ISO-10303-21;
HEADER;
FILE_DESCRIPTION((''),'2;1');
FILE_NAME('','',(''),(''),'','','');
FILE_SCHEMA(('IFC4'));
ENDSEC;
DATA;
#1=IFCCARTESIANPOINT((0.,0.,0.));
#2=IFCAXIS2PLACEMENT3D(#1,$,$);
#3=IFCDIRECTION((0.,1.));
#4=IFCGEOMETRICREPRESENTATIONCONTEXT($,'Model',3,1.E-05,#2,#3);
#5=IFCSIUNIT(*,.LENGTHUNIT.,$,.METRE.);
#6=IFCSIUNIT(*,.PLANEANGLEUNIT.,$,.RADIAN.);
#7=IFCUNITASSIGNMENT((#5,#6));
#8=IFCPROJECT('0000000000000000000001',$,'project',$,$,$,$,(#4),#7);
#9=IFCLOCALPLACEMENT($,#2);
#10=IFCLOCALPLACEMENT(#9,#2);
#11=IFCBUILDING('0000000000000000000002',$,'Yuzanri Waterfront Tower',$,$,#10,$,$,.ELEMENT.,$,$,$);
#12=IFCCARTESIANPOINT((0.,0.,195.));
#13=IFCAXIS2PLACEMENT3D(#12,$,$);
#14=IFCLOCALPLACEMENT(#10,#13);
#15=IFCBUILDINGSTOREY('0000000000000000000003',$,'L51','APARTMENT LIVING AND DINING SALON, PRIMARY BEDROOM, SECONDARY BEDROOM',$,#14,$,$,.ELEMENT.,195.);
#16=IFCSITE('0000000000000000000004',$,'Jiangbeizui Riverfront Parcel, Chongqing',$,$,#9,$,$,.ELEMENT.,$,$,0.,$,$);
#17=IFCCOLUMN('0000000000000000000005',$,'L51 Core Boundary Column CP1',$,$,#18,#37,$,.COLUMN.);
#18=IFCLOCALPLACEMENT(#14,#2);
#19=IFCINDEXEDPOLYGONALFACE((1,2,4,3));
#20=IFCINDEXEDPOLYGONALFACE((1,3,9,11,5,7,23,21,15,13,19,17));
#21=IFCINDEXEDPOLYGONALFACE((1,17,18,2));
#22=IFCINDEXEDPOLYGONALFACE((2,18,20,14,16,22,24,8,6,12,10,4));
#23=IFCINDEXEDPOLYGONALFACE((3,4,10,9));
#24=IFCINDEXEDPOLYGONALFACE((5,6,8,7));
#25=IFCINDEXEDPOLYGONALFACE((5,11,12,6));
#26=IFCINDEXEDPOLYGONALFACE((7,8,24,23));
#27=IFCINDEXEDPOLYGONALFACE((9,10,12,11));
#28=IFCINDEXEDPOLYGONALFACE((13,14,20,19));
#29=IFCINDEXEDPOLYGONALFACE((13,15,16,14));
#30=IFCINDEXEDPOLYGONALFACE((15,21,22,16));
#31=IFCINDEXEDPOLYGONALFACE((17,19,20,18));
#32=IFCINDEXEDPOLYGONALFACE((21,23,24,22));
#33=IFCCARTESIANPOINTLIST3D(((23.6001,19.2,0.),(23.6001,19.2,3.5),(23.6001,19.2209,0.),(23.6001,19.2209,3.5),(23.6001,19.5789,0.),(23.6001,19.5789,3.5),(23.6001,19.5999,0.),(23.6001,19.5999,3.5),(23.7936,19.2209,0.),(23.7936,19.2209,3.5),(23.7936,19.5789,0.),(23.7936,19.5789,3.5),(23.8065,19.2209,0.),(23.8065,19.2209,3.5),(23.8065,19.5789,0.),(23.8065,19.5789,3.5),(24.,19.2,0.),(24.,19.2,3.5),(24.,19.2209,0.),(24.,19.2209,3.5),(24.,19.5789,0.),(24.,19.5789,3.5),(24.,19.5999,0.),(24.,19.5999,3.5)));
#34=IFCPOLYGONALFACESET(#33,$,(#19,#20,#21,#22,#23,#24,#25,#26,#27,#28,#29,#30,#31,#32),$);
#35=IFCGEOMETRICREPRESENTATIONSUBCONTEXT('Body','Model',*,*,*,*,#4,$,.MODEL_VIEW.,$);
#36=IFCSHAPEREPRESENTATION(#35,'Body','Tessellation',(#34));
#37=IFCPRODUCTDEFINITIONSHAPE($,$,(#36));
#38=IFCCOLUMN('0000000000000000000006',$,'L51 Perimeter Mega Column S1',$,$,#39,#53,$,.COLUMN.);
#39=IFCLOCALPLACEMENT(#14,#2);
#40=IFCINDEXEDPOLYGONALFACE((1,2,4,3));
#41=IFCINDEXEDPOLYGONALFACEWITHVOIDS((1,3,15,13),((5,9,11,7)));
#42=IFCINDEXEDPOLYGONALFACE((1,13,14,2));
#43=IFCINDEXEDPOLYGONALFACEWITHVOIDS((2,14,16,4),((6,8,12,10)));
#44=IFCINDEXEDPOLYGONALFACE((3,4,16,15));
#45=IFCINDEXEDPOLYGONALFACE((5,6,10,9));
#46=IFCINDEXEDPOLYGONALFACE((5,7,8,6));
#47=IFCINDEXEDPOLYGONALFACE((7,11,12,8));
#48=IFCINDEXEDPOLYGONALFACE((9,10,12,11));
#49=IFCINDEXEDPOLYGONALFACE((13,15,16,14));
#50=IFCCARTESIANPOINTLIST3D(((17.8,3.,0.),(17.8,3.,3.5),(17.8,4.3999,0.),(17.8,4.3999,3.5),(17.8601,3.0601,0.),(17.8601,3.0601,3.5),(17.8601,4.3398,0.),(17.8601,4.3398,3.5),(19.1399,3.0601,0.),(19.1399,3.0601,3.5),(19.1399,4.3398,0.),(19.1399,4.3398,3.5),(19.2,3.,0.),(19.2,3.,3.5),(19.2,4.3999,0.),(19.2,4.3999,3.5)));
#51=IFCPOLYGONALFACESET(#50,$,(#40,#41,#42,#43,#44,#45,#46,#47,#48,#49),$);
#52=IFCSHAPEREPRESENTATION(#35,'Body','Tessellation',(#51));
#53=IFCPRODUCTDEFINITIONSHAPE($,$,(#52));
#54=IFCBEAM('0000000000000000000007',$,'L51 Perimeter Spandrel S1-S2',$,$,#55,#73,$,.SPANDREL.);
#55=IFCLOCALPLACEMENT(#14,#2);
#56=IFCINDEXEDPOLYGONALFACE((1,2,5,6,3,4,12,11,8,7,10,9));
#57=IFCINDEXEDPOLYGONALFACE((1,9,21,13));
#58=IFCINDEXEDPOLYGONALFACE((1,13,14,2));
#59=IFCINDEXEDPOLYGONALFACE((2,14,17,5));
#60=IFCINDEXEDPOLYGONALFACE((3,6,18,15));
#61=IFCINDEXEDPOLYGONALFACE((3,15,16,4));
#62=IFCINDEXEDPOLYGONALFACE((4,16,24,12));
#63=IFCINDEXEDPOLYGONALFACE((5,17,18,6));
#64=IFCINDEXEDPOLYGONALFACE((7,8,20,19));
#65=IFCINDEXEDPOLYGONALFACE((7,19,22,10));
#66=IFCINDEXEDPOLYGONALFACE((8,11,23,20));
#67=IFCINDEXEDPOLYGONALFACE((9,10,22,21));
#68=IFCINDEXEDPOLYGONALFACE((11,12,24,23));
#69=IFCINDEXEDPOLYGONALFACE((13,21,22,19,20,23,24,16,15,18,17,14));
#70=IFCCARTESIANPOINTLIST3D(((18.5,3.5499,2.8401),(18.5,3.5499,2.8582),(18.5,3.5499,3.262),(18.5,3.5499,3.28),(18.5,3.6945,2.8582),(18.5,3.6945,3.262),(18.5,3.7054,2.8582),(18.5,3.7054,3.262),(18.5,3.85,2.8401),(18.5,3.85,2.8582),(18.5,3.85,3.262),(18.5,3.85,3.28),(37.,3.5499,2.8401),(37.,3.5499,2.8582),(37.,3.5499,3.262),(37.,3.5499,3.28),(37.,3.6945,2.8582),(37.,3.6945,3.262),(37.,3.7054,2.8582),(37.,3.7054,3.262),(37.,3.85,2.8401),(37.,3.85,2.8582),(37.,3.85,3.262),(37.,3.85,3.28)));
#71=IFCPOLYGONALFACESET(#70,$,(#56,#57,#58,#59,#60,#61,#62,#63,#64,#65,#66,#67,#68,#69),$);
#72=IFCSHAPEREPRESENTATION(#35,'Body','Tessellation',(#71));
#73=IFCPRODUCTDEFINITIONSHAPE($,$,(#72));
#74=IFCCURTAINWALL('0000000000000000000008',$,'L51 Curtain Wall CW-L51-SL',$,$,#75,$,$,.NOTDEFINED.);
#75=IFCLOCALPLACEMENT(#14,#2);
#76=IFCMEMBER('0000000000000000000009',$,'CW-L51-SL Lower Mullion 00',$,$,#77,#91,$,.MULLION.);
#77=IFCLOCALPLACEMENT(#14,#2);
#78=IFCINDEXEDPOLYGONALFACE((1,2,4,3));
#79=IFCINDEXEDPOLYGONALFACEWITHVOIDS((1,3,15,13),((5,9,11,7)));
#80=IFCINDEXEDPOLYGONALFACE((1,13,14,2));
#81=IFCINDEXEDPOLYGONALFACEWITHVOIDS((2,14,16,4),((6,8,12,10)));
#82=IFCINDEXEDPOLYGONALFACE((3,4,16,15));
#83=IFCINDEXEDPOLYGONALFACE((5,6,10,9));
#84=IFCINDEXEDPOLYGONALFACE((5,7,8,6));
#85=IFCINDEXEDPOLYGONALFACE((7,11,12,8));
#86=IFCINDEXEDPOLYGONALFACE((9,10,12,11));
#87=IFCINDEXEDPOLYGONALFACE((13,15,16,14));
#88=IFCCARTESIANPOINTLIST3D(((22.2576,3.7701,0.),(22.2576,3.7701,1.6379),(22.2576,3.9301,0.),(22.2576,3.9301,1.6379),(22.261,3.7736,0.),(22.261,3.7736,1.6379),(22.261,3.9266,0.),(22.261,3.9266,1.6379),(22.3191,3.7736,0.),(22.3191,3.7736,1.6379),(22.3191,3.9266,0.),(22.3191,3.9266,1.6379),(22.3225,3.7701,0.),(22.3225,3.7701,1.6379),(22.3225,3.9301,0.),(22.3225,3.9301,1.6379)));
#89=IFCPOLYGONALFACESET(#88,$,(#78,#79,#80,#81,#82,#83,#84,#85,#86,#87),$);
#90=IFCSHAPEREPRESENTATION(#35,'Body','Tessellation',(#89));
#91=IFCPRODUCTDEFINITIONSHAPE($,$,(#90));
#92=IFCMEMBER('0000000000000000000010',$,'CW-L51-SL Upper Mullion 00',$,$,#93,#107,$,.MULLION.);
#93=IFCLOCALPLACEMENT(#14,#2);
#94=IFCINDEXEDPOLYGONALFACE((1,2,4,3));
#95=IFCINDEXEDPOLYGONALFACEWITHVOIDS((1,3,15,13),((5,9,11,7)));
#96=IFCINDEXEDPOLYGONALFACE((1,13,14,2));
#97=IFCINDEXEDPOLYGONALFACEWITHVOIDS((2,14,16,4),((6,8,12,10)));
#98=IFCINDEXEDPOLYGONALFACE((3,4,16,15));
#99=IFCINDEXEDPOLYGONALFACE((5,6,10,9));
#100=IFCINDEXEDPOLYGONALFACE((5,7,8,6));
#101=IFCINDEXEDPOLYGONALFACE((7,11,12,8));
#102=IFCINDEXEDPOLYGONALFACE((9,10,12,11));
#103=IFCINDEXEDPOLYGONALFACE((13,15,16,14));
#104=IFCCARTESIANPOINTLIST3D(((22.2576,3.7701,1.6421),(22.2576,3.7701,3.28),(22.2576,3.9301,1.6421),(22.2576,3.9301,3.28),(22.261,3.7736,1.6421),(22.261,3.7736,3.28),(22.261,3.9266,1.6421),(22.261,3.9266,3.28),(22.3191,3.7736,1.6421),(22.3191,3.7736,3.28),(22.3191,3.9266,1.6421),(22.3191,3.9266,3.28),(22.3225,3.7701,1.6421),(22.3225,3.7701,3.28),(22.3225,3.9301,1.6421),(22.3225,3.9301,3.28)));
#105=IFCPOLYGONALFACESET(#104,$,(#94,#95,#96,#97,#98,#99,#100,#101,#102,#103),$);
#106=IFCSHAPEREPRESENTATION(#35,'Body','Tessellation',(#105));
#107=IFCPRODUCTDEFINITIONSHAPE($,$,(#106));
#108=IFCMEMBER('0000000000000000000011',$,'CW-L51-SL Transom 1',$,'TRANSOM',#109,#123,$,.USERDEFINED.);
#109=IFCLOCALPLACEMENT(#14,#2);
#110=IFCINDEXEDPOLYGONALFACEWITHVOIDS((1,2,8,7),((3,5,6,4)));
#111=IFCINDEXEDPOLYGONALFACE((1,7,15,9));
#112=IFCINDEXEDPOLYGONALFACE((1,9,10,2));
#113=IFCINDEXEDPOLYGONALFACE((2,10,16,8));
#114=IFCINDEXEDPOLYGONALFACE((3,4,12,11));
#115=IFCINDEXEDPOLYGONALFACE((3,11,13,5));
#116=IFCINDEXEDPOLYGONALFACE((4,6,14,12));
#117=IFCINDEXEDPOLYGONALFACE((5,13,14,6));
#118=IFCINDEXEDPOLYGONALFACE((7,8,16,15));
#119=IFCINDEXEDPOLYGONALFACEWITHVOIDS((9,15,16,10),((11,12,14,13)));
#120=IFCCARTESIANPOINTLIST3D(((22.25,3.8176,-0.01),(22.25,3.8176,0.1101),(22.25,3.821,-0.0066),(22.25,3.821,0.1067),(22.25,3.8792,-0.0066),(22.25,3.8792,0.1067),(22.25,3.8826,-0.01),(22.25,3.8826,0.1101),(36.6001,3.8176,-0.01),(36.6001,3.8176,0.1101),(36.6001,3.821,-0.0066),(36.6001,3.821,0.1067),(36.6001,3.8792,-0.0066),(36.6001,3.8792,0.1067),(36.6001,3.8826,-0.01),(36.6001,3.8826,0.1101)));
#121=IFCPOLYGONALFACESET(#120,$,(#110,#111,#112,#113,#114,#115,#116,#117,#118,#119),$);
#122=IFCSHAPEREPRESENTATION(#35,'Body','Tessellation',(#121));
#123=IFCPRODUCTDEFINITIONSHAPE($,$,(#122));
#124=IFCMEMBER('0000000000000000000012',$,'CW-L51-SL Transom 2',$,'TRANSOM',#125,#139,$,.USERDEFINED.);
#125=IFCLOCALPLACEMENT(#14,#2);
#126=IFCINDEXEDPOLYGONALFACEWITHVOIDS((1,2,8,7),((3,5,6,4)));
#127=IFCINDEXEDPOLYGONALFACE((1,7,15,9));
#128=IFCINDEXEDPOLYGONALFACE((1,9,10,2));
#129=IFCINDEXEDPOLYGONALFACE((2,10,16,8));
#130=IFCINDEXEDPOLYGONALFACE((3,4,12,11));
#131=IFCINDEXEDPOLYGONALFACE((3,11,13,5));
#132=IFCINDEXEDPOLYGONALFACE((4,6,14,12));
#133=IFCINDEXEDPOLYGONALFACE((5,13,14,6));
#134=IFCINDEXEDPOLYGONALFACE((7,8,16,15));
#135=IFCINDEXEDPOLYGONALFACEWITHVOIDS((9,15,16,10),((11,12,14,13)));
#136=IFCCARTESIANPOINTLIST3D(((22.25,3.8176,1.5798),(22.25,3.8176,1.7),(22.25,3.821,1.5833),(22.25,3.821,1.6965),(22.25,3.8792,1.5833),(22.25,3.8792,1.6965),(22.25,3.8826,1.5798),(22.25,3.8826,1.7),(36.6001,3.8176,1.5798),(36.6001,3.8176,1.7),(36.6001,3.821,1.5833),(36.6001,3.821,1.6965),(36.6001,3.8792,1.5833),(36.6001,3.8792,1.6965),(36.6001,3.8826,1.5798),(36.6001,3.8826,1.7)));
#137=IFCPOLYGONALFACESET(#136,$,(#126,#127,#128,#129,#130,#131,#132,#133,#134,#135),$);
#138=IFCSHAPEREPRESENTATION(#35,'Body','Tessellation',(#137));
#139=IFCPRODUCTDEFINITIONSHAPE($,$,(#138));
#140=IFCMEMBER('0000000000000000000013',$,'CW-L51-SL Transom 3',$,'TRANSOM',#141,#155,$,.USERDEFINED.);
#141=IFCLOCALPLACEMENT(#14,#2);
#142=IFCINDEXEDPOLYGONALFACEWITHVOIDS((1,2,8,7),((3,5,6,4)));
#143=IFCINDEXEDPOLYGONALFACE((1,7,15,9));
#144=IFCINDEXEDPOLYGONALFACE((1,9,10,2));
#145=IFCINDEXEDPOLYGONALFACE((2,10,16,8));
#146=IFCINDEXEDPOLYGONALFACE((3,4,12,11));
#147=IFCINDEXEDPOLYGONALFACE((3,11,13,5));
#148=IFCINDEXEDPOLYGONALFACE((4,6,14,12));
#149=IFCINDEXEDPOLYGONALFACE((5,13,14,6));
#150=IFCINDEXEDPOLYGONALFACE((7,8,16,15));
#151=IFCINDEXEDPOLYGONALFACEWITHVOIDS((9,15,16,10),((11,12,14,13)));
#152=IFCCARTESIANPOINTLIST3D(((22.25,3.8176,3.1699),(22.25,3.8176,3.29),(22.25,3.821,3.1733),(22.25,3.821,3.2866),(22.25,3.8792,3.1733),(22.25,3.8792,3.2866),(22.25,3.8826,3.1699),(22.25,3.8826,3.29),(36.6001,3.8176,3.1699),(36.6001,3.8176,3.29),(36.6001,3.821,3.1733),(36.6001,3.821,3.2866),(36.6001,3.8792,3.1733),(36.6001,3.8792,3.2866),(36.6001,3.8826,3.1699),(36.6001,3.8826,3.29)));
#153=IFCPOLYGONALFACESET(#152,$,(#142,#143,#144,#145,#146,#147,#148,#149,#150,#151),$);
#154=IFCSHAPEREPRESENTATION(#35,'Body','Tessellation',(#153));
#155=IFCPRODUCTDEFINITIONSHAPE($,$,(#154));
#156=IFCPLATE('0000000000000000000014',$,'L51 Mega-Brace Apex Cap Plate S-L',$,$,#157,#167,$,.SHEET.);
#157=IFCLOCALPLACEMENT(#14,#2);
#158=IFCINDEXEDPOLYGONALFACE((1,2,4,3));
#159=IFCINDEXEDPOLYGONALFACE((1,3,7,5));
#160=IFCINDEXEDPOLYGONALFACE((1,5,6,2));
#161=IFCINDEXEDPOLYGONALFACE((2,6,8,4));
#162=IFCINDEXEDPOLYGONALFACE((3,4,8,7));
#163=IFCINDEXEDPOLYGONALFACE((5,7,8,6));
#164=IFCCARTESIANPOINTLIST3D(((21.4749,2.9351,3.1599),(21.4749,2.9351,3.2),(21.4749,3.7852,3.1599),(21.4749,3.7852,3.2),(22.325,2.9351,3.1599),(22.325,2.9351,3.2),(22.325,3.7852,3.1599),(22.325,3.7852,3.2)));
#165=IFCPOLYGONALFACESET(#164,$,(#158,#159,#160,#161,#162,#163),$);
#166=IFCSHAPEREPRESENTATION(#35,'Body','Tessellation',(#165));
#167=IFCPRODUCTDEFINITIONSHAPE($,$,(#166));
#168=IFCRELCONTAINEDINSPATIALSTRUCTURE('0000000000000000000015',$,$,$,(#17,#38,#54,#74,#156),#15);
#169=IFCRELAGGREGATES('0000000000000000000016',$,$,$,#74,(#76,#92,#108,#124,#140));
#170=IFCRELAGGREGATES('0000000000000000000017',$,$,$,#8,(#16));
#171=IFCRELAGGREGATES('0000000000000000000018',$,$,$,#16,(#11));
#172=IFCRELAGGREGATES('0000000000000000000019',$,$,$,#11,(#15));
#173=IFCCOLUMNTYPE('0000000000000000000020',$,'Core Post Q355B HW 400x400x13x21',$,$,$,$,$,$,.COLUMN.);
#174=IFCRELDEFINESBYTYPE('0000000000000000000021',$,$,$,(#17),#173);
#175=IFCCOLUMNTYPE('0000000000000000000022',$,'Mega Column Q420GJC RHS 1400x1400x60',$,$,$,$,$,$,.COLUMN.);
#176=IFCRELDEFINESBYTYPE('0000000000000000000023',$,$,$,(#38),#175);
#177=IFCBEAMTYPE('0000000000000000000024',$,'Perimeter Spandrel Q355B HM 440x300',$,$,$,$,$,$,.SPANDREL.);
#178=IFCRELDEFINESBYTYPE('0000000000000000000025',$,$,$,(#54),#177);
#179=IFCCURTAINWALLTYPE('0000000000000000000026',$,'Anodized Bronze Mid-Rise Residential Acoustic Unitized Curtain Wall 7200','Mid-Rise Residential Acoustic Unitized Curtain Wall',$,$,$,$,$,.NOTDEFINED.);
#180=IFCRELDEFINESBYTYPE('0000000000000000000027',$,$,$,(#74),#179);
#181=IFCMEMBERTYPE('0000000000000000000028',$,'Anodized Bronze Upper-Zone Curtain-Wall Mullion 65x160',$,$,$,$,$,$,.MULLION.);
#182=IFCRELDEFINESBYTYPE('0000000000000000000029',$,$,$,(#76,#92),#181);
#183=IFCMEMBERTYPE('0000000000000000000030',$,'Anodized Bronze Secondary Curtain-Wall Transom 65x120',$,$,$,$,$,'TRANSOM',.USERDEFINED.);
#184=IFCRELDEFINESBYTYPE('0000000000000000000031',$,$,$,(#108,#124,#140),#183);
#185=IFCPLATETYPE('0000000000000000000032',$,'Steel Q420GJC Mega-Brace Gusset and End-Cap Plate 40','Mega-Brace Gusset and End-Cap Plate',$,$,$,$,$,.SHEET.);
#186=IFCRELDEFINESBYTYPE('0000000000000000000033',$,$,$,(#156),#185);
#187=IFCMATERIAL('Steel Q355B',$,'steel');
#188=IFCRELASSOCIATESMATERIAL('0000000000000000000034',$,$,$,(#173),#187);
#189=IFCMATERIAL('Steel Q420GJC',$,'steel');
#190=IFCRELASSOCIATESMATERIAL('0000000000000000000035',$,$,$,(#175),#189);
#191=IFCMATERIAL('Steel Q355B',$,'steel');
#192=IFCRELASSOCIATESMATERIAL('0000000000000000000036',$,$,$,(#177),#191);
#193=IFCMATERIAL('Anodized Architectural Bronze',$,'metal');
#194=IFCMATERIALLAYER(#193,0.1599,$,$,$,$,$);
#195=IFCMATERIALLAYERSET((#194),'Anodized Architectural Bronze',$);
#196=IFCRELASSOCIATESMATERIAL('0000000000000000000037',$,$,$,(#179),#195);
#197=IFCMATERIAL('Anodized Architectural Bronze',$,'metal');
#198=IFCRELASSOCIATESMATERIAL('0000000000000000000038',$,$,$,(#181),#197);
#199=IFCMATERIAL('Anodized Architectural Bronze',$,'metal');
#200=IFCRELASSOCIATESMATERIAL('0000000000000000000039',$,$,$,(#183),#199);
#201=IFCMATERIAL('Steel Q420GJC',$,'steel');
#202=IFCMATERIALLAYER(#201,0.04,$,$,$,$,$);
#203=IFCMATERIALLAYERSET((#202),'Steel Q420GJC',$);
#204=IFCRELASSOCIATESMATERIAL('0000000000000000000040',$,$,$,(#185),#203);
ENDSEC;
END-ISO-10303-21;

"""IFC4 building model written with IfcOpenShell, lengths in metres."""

from ifc_helpers import new_model, si_unit, direction, frame, origin, origin_2d, place, context, subcontext, project, spatial, rectangle, hollow_rectangle, i_section, extrude, source, transform, mapped, material, layer, layer_set, material_profile, profile_set, type_object, element, aggregate, save


model = new_model("IFC4")

# Units and contexts
model_context = context("Model", 3, precision=1e-05, world=origin(), true_north=direction((0.0, 1.0)))
body_context = subcontext(model_context, "Body", "Model", "MODEL_VIEW")
ifc_project = project(units=[si_unit("LENGTHUNIT", "METRE"), si_unit("PLANEANGLEUNIT", "RADIAN")], contexts=[model_context])

# Site, building, storey
site_placement = place(None, origin())
site = spatial("IfcSite", under=ifc_project, at=site_placement, Name="Jiangbeizui Riverfront Parcel, Chongqing", CompositionType="ELEMENT", RefElevation=0.0)
building_placement = place(site_placement, origin())
building = spatial("IfcBuilding", under=site, at=building_placement, Name="Yuzanri Waterfront Tower", CompositionType="ELEMENT")
storey_placement = place(building_placement, frame((0.0, 0.0, 195.0)))
storey = spatial("IfcBuildingStorey", under=building, at=storey_placement, Name="L51", Description="APARTMENT LIVING AND DINING SALON, PRIMARY BEDROOM, SECONDARY BEDROOM", CompositionType="ELEMENT", Elevation=195.0)

# Columns
ifc_material_1 = material(Name="Steel Q355B", Category="steel")
ifc_material_profile_1 = material_profile(ifc_material_1, i_section(OverallWidth=0.3999, OverallDepth=0.3999, WebThickness=0.0129, FlangeThickness=0.021, at=origin_2d()), Name="HW 400x400x13x21")
ifc_profile_set_1 = profile_set([ifc_material_profile_1], Name="Steel Q355B")
column_type_1 = type_object("IfcColumnType", Name="Core Post Q355B HW 400x400x13x21", PredefinedType="COLUMN", material=ifc_profile_set_1)
shared_shape_1 = source(origin(), body_context, "Body", "SweptSolid", [
    extrude(i_section(OverallWidth=0.3999, OverallDepth=0.3999, WebThickness=0.0129, FlangeThickness=0.021, at=origin_2d()), origin(), (0.0, 0.0, 1.0), 3.5),
])
column_1_placement = place(storey_placement, frame((23.8, 19.3999, 0.0), z_axis=(0.0, 0.0, 1.0), x_axis=(1.0, 0.0, 0.0)))
element("IfcColumn", 1, at=column_1_placement, inside=storey, type_object=column_type_1, Name="L51 Core Boundary Column CP1", PredefinedType="COLUMN", context=body_context, shape_type="MappedRepresentation", body=[
    mapped(shared_shape_1, transform((0.0, 0.0, 0.0), scale=1.0)),
])
ifc_material_2 = material(Name="Steel Q420GJC", Category="steel")
ifc_material_profile_2 = material_profile(ifc_material_2, hollow_rectangle(XDim=1.3999, YDim=1.3999, WallThickness=0.0601, at=origin_2d()), Name="RHS 1400x1400x60")
ifc_profile_set_2 = profile_set([ifc_material_profile_2], Name="Steel Q420GJC")
column_type_2 = type_object("IfcColumnType", Name="Mega Column Q420GJC RHS 1400x1400x60", PredefinedType="COLUMN", material=ifc_profile_set_2)
shared_shape_2 = source(origin(), body_context, "Body", "SweptSolid", [
    extrude(hollow_rectangle(XDim=1.3999, YDim=1.3999, WallThickness=0.0601, at=origin_2d()), origin(), (0.0, 0.0, 1.0), 3.5),
])
column_2_placement = place(storey_placement, frame((18.5, 3.7, 0.0), z_axis=(0.0, 0.0, 1.0), x_axis=(1.0, 0.0, 0.0)))
element("IfcColumn", 2, at=column_2_placement, inside=storey, type_object=column_type_2, Name="L51 Perimeter Mega Column S1", PredefinedType="COLUMN", context=body_context, shape_type="MappedRepresentation", body=[
    mapped(shared_shape_2, transform((0.0, 0.0, 0.0), scale=1.0)),
])

# Beam
ifc_material_3 = material(Name="Steel Q355B", Category="steel")
ifc_material_profile_3 = material_profile(ifc_material_3, i_section(OverallWidth=0.3, OverallDepth=0.4399, WebThickness=0.011, FlangeThickness=0.0181, at=origin_2d()), Name="HM 440x300x11x18")
ifc_profile_set_3 = profile_set([ifc_material_profile_3], Name="Steel Q355B")
beam_type = type_object("IfcBeamType", Name="Perimeter Spandrel Q355B HM 440x300", PredefinedType="SPANDREL", material=ifc_profile_set_3)
shared_shape_3 = source(origin(), body_context, "Body", "SweptSolid", [
    extrude(i_section(OverallWidth=0.3, OverallDepth=0.4399, WebThickness=0.011, FlangeThickness=0.0181, at=origin_2d()), origin(), (0.0, 0.0, 1.0), 18.5),
])
beam_placement = place(storey_placement, frame((18.5, 3.7, 3.0601), z_axis=(1.0, 0.0, 0.0), x_axis=(0.0, 1.0, 0.0)))
element("IfcBeam", 3, at=beam_placement, inside=storey, type_object=beam_type, Name="L51 Perimeter Spandrel S1-S2", PredefinedType="SPANDREL", context=body_context, shape_type="MappedRepresentation", body=[
    mapped(shared_shape_3, transform((0.0, 0.0, 0.0), scale=1.0)),
])

# Curtain wall, members
ifc_material_4 = material(Name="Anodized Architectural Bronze", Category="metal")
ifc_layer_1 = layer(ifc_material_4, 0.1599)
ifc_layer_set_1 = layer_set([ifc_layer_1], Name="Anodized Architectural Bronze")
curtain_wall_type = type_object("IfcCurtainWallType", Name="Anodized Bronze Mid-Rise Residential Acoustic Unitized Curtain Wall 7200", Description="Mid-Rise Residential Acoustic Unitized Curtain Wall", PredefinedType="NOTDEFINED", material=ifc_layer_set_1)
curtain_wall_placement = place(storey_placement, origin())
curtain_wall = element("IfcCurtainWall", 4, at=curtain_wall_placement, inside=storey, type_object=curtain_wall_type, Name="L51 Curtain Wall CW-L51-SL", PredefinedType="NOTDEFINED")
ifc_material_5 = material(Name="Anodized Architectural Bronze", Category="metal")
ifc_material_profile_4 = material_profile(ifc_material_5, hollow_rectangle(XDim=0.0649, YDim=0.1599, WallThickness=0.0034, at=origin_2d()), Name="CWM 65x160")
ifc_profile_set_4 = profile_set([ifc_material_profile_4], Name="Anodized Architectural Bronze")
member_type_1 = type_object("IfcMemberType", Name="Anodized Bronze Upper-Zone Curtain-Wall Mullion 65x160", PredefinedType="MULLION", material=ifc_profile_set_4)
shared_shape_4 = source(origin(), body_context, "Body", "SweptSolid", [
    extrude(hollow_rectangle(XDim=0.0649, YDim=0.1599, WallThickness=0.0034, at=origin_2d()), origin(), (0.0, 0.0, 1.0), 1.6379),
])
member_1_placement = place(storey_placement, frame((22.29, 3.8501, 0.0), z_axis=(0.0, 0.0, 1.0), x_axis=(1.0, 0.0, 0.0)))
member_1 = element("IfcMember", 5, at=member_1_placement, type_object=member_type_1, Name="CW-L51-SL Lower Mullion 00", PredefinedType="MULLION", context=body_context, shape_type="MappedRepresentation", body=[
    mapped(shared_shape_4, transform((0.0, 0.0, 0.0), scale=1.0)),
])
member_2_placement = place(storey_placement, frame((22.29, 3.8501, 1.6421), z_axis=(0.0, 0.0, 1.0), x_axis=(1.0, 0.0, 0.0)))
member_2 = element("IfcMember", 6, at=member_2_placement, type_object=member_type_1, Name="CW-L51-SL Upper Mullion 00", PredefinedType="MULLION", context=body_context, shape_type="MappedRepresentation", body=[
    mapped(shared_shape_4, transform((0.0, 0.0, 0.0), scale=1.0)),
])
ifc_material_6 = material(Name="Anodized Architectural Bronze", Category="metal")
ifc_material_profile_5 = material_profile(ifc_material_6, hollow_rectangle(XDim=0.0649, YDim=0.1201, WallThickness=0.0034, at=origin_2d()), Name="CWT 65x120")
ifc_profile_set_5 = profile_set([ifc_material_profile_5], Name="Anodized Architectural Bronze")
member_type_2 = type_object("IfcMemberType", Name="Anodized Bronze Secondary Curtain-Wall Transom 65x120", ElementType="TRANSOM", PredefinedType="USERDEFINED", material=ifc_profile_set_5)
shared_shape_5 = source(origin(), body_context, "Body", "SweptSolid", [
    extrude(hollow_rectangle(XDim=0.0649, YDim=0.1201, WallThickness=0.0034, at=origin_2d()), origin(), (0.0, 0.0, 1.0), 14.3501),
])
member_3_placement = place(storey_placement, frame((22.25, 3.8501, 0.05), z_axis=(1.0, 0.0, 0.0), x_axis=(0.0, 1.0, 0.0)))
member_3 = element("IfcMember", 7, at=member_3_placement, type_object=member_type_2, Name="CW-L51-SL Transom 1", ObjectType="TRANSOM", PredefinedType="USERDEFINED", context=body_context, shape_type="MappedRepresentation", body=[
    mapped(shared_shape_5, transform((0.0, 0.0, 0.0), scale=1.0)),
])
member_4_placement = place(storey_placement, frame((22.25, 3.8501, 1.6399), z_axis=(1.0, 0.0, 0.0), x_axis=(0.0, 1.0, 0.0)))
member_4 = element("IfcMember", 8, at=member_4_placement, type_object=member_type_2, Name="CW-L51-SL Transom 2", ObjectType="TRANSOM", PredefinedType="USERDEFINED", context=body_context, shape_type="MappedRepresentation", body=[
    mapped(shared_shape_5, transform((0.0, 0.0, 0.0), scale=1.0)),
])
member_5_placement = place(storey_placement, frame((22.25, 3.8501, 3.23), z_axis=(1.0, 0.0, 0.0), x_axis=(0.0, 1.0, 0.0)))
member_5 = element("IfcMember", 9, at=member_5_placement, type_object=member_type_2, Name="CW-L51-SL Transom 3", ObjectType="TRANSOM", PredefinedType="USERDEFINED", context=body_context, shape_type="MappedRepresentation", body=[
    mapped(shared_shape_5, transform((0.0, 0.0, 0.0), scale=1.0)),
])
aggregate(curtain_wall, [member_1, member_2, member_3, member_4, member_5])

# Plate
ifc_material_7 = material(Name="Steel Q420GJC", Category="steel")
ifc_layer_2 = layer(ifc_material_7, 0.04)
ifc_layer_set_2 = layer_set([ifc_layer_2], Name="Steel Q420GJC")
plate_type = type_object("IfcPlateType", Name="Steel Q420GJC Mega-Brace Gusset and End-Cap Plate 40", Description="Mega-Brace Gusset and End-Cap Plate", PredefinedType="SHEET", material=ifc_layer_set_2)
shared_shape_6 = source(origin(), body_context, "Body", "SweptSolid", [
    extrude(rectangle(XDim=0.8501, YDim=0.8501, at=origin_2d()), origin(), (0.0, 0.0, 1.0), 0.04),
])
plate_placement = place(storey_placement, frame((21.8999, 3.3601, 3.1599), z_axis=(0.0, 0.0, 1.0), x_axis=(1.0, 0.0, 0.0)))
element("IfcPlate", 10, at=plate_placement, inside=storey, type_object=plate_type, Name="L51 Mega-Brace Apex Cap Plate S-L", PredefinedType="SHEET", context=body_context, shape_type="MappedRepresentation", body=[
    mapped(shared_shape_6, transform((0.0, 0.0, 0.0), scale=1.0)),
])

save(model, "model.ifc")
